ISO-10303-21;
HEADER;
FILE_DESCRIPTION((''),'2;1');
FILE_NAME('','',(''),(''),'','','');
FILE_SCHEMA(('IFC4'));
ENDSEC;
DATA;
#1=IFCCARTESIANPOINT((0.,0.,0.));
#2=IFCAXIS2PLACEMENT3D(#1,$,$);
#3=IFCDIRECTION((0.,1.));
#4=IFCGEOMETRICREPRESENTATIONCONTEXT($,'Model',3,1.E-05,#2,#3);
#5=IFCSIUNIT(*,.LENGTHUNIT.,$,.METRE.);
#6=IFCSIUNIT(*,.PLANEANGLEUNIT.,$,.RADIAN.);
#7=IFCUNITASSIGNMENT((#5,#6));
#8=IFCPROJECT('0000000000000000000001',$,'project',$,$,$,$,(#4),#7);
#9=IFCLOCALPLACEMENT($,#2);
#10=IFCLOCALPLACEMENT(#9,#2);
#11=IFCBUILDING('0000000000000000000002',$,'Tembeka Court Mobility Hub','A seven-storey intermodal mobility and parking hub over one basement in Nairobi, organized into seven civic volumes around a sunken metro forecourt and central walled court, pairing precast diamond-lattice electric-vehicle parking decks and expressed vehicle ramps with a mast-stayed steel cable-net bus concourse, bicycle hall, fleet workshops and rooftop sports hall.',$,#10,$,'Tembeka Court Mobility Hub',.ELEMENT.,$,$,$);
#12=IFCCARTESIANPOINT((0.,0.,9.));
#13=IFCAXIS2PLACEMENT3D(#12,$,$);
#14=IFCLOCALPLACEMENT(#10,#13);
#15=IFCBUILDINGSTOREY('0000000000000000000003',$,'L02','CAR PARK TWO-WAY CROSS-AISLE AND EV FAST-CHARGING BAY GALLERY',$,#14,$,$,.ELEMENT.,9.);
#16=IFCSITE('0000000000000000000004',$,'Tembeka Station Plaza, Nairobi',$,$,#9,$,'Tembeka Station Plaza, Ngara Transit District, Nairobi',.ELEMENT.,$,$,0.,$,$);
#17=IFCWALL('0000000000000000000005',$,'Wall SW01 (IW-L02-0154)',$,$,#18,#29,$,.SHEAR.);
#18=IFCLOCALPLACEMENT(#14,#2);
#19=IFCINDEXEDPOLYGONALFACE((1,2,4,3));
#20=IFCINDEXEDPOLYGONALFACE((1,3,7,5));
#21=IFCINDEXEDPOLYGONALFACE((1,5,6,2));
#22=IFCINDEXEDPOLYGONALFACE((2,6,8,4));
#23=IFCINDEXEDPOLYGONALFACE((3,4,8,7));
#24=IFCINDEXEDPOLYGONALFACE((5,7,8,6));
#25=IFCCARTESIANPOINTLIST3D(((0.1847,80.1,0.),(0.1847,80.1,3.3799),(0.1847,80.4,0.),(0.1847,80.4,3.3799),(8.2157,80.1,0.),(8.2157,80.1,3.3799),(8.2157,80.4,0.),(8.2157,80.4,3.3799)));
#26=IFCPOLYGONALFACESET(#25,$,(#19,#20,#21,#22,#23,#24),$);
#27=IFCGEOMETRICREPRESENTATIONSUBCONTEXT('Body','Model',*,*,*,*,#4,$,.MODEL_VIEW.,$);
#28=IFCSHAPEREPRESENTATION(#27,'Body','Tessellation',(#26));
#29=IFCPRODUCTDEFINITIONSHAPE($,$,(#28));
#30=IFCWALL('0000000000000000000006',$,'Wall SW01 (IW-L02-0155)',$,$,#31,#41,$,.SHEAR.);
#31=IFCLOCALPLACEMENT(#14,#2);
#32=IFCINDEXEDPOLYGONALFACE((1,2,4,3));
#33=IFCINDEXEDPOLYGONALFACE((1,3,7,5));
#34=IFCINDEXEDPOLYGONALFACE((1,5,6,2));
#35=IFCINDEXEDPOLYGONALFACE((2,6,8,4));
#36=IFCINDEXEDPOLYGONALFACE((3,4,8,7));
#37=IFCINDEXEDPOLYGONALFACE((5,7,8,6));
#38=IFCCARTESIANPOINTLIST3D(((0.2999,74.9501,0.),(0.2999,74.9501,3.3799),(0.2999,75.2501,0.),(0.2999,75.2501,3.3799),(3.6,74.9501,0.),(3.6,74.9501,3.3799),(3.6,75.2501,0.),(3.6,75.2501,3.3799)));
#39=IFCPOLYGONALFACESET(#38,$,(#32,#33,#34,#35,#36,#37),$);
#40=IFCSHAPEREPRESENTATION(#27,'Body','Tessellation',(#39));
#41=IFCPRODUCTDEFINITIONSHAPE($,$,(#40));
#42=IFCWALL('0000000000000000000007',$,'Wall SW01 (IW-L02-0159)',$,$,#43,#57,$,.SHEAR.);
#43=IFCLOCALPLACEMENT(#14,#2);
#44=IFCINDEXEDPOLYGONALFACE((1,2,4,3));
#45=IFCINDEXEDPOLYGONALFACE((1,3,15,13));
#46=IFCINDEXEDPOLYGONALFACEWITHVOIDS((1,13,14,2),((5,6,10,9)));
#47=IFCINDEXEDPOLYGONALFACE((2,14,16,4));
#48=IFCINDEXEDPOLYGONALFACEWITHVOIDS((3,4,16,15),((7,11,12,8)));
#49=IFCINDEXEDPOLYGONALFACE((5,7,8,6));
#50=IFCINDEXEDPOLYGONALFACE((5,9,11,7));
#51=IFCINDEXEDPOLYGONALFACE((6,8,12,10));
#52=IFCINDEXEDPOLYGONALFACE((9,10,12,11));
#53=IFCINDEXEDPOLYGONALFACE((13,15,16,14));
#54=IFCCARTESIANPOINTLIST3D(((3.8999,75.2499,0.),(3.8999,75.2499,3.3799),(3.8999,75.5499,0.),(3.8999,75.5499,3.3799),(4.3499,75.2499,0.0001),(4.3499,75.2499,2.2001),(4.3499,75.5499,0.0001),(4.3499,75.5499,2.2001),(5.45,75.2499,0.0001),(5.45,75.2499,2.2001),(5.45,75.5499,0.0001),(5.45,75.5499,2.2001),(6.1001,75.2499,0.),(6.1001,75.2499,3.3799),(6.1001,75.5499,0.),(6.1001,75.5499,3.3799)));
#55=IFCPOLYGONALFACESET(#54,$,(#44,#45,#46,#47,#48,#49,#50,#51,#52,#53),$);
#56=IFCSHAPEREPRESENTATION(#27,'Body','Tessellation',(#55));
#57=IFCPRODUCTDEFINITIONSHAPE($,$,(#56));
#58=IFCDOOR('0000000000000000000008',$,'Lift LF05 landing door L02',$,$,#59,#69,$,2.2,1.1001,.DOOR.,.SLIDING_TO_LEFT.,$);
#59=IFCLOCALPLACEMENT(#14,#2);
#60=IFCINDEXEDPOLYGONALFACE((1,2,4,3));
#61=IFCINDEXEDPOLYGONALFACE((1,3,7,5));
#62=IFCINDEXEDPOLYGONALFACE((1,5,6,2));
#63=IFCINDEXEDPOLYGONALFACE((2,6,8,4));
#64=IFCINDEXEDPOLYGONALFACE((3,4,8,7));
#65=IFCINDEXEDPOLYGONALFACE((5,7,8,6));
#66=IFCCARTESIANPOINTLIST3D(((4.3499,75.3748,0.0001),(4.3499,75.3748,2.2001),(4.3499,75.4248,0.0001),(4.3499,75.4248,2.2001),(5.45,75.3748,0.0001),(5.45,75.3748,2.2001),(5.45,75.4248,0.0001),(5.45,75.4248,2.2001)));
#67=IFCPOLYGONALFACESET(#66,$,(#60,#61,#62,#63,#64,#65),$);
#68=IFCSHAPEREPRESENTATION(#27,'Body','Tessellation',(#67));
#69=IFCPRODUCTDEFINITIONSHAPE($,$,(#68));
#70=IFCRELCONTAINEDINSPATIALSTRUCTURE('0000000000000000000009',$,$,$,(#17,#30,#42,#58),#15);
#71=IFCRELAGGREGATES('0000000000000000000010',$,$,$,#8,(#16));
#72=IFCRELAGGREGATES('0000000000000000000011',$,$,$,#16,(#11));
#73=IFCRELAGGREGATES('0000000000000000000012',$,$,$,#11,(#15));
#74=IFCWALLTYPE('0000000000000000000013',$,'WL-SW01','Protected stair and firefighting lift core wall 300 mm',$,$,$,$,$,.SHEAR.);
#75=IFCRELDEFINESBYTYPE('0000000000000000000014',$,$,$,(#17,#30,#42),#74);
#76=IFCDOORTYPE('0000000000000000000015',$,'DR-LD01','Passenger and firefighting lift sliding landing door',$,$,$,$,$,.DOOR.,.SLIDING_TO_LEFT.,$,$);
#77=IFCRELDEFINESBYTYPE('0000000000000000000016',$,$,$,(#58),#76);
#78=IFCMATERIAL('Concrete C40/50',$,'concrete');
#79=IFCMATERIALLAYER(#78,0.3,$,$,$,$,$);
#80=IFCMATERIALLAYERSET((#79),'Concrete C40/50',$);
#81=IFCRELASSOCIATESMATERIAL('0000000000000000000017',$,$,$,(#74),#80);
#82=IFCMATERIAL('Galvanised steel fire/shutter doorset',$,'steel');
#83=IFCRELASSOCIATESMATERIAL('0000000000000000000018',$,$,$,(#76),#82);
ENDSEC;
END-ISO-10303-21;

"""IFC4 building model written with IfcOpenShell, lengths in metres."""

from ifc_helpers import new_model, si_unit, direction, frame, frame_2d, origin, place, context, subcontext, project, spatial, rectangle, extrude, material, layer, layer_set, type_object, element, fill, save


model = new_model("IFC4")

# Units and contexts
model_context = context("Model", 3, precision=1e-05, world=origin(), true_north=direction((0.0, 1.0)))
body_context = subcontext(model_context, "Body", "Model", "MODEL_VIEW")
ifc_project = project(units=[si_unit("LENGTHUNIT", "METRE"), si_unit("PLANEANGLEUNIT", "RADIAN")], contexts=[model_context])

# Site, building, storey
site_placement = place(None, origin())
site = spatial("IfcSite", under=ifc_project, at=site_placement, Name="Tembeka Station Plaza, Nairobi", LongName="Tembeka Station Plaza, Ngara Transit District, Nairobi", CompositionType="ELEMENT", RefElevation=0.0)
building_placement = place(site_placement, origin())
building = spatial("IfcBuilding", under=site, at=building_placement, Name="Tembeka Court Mobility Hub", Description="A seven-storey intermodal mobility and parking hub over one basement in Nairobi, organized into seven civic volumes around a sunken metro forecourt and central walled court, pairing precast diamond-lattice electric-vehicle parking decks and expressed vehicle ramps with a mast-stayed steel cable-net bus concourse, bicycle hall, fleet workshops and rooftop sports hall.", LongName="Tembeka Court Mobility Hub", CompositionType="ELEMENT")
storey_placement = place(building_placement, frame((0.0, 0.0, 9.0)))
storey = spatial("IfcBuildingStorey", under=building, at=storey_placement, Name="L02", Description="CAR PARK TWO-WAY CROSS-AISLE AND EV FAST-CHARGING BAY GALLERY", CompositionType="ELEMENT", Elevation=9.0)

# Walls
ifc_material_1 = material(Name="Concrete C40/50", Category="concrete")
ifc_layer_1 = layer(ifc_material_1, 0.3)
ifc_layer_set_1 = layer_set([ifc_layer_1], Name="Concrete C40/50")
wall_type_1 = type_object("IfcWallType", Name="WL-SW01", Description="Protected stair and firefighting lift core wall 300 mm", PredefinedType="SHEAR", material=ifc_layer_set_1)
wall_1_placement = place(storey_placement, frame((0.1846, 80.25, 0.0), z_axis=(0.0, 0.0, 1.0), x_axis=(1.0, 0.0, 0.0)))
element("IfcWall", 1, at=wall_1_placement, inside=storey, type_object=wall_type_1, Name="Wall SW01 (IW-L02-0154)", PredefinedType="SHEAR", context=body_context, shape_type="SweptSolid", body=[
    extrude(rectangle(XDim=8.031, YDim=0.3, at=frame_2d((4.0156, 0.0))), origin(), (0.0, 0.0, 1.0), 3.3799),
])
wall_2_placement = place(storey_placement, frame((0.3, 75.1001, 0.0), z_axis=(0.0, 0.0, 1.0), x_axis=(1.0, 0.0, 0.0)))
element("IfcWall", 2, at=wall_2_placement, inside=storey, type_object=wall_type_1, Name="Wall SW01 (IW-L02-0155)", PredefinedType="SHEAR", context=body_context, shape_type="SweptSolid", body=[
    extrude(rectangle(XDim=3.3, YDim=0.3, at=frame_2d((1.6499, 0.0))), origin(), (0.0, 0.0, 1.0), 3.3799),
])

# Wall, opening, door
wall_3_placement = place(storey_placement, frame((3.8999, 75.3999, 0.0), z_axis=(0.0, 0.0, 1.0), x_axis=(1.0, 0.0, 0.0)))
wall_3 = element("IfcWall", 3, at=wall_3_placement, inside=storey, type_object=wall_type_1, Name="Wall SW01 (IW-L02-0159)", PredefinedType="SHEAR", context=body_context, shape_type="SweptSolid", body=[
    extrude(rectangle(XDim=2.2002, YDim=0.3, at=frame_2d((1.1001, 0.0))), origin(), (0.0, 0.0, 1.0), 3.3799),
])
opening_placement = place(wall_3_placement, frame((0.45, 0.0, 0.0)))
opening = element("IfcOpeningElement", 4, at=opening_placement, cuts=wall_3, PredefinedType="OPENING", context=body_context, shape_type="SweptSolid", body=[
    extrude(rectangle(XDim=1.1001, YDim=2.2, at=frame_2d((0.55, 1.1001))), frame((0.0, 0.1602, 0.0), z_axis=(0.0, -1.0, 0.0), x_axis=(1.0, 0.0, 0.0)), (0.0, 0.0, 1.0), 0.3201),
])
ifc_material_2 = material(Name="Galvanised steel fire/shutter doorset", Category="steel")
door_type = type_object("IfcDoorType", Name="DR-LD01", Description="Passenger and firefighting lift sliding landing door", OperationType="SLIDING_TO_LEFT", PredefinedType="DOOR", material=ifc_material_2)
door_placement = place(opening_placement, origin())
door = element("IfcDoor", 5, at=door_placement, inside=storey, type_object=door_type, Name="Lift LF05 landing door L02", OperationType="SLIDING_TO_LEFT", OverallHeight=2.2, OverallWidth=1.1001, PredefinedType="DOOR", context=body_context, shape_type="SweptSolid", body=[
    extrude(rectangle(XDim=1.1001, YDim=2.2, at=frame_2d((0.55, 1.1001))), frame((0.0, 0.0249, 0.0), z_axis=(0.0, -1.0, 0.0), x_axis=(1.0, 0.0, 0.0)), (0.0, 0.0, 1.0), 0.05),
])
fill(opening, door)

save(model, "model.ifc")
